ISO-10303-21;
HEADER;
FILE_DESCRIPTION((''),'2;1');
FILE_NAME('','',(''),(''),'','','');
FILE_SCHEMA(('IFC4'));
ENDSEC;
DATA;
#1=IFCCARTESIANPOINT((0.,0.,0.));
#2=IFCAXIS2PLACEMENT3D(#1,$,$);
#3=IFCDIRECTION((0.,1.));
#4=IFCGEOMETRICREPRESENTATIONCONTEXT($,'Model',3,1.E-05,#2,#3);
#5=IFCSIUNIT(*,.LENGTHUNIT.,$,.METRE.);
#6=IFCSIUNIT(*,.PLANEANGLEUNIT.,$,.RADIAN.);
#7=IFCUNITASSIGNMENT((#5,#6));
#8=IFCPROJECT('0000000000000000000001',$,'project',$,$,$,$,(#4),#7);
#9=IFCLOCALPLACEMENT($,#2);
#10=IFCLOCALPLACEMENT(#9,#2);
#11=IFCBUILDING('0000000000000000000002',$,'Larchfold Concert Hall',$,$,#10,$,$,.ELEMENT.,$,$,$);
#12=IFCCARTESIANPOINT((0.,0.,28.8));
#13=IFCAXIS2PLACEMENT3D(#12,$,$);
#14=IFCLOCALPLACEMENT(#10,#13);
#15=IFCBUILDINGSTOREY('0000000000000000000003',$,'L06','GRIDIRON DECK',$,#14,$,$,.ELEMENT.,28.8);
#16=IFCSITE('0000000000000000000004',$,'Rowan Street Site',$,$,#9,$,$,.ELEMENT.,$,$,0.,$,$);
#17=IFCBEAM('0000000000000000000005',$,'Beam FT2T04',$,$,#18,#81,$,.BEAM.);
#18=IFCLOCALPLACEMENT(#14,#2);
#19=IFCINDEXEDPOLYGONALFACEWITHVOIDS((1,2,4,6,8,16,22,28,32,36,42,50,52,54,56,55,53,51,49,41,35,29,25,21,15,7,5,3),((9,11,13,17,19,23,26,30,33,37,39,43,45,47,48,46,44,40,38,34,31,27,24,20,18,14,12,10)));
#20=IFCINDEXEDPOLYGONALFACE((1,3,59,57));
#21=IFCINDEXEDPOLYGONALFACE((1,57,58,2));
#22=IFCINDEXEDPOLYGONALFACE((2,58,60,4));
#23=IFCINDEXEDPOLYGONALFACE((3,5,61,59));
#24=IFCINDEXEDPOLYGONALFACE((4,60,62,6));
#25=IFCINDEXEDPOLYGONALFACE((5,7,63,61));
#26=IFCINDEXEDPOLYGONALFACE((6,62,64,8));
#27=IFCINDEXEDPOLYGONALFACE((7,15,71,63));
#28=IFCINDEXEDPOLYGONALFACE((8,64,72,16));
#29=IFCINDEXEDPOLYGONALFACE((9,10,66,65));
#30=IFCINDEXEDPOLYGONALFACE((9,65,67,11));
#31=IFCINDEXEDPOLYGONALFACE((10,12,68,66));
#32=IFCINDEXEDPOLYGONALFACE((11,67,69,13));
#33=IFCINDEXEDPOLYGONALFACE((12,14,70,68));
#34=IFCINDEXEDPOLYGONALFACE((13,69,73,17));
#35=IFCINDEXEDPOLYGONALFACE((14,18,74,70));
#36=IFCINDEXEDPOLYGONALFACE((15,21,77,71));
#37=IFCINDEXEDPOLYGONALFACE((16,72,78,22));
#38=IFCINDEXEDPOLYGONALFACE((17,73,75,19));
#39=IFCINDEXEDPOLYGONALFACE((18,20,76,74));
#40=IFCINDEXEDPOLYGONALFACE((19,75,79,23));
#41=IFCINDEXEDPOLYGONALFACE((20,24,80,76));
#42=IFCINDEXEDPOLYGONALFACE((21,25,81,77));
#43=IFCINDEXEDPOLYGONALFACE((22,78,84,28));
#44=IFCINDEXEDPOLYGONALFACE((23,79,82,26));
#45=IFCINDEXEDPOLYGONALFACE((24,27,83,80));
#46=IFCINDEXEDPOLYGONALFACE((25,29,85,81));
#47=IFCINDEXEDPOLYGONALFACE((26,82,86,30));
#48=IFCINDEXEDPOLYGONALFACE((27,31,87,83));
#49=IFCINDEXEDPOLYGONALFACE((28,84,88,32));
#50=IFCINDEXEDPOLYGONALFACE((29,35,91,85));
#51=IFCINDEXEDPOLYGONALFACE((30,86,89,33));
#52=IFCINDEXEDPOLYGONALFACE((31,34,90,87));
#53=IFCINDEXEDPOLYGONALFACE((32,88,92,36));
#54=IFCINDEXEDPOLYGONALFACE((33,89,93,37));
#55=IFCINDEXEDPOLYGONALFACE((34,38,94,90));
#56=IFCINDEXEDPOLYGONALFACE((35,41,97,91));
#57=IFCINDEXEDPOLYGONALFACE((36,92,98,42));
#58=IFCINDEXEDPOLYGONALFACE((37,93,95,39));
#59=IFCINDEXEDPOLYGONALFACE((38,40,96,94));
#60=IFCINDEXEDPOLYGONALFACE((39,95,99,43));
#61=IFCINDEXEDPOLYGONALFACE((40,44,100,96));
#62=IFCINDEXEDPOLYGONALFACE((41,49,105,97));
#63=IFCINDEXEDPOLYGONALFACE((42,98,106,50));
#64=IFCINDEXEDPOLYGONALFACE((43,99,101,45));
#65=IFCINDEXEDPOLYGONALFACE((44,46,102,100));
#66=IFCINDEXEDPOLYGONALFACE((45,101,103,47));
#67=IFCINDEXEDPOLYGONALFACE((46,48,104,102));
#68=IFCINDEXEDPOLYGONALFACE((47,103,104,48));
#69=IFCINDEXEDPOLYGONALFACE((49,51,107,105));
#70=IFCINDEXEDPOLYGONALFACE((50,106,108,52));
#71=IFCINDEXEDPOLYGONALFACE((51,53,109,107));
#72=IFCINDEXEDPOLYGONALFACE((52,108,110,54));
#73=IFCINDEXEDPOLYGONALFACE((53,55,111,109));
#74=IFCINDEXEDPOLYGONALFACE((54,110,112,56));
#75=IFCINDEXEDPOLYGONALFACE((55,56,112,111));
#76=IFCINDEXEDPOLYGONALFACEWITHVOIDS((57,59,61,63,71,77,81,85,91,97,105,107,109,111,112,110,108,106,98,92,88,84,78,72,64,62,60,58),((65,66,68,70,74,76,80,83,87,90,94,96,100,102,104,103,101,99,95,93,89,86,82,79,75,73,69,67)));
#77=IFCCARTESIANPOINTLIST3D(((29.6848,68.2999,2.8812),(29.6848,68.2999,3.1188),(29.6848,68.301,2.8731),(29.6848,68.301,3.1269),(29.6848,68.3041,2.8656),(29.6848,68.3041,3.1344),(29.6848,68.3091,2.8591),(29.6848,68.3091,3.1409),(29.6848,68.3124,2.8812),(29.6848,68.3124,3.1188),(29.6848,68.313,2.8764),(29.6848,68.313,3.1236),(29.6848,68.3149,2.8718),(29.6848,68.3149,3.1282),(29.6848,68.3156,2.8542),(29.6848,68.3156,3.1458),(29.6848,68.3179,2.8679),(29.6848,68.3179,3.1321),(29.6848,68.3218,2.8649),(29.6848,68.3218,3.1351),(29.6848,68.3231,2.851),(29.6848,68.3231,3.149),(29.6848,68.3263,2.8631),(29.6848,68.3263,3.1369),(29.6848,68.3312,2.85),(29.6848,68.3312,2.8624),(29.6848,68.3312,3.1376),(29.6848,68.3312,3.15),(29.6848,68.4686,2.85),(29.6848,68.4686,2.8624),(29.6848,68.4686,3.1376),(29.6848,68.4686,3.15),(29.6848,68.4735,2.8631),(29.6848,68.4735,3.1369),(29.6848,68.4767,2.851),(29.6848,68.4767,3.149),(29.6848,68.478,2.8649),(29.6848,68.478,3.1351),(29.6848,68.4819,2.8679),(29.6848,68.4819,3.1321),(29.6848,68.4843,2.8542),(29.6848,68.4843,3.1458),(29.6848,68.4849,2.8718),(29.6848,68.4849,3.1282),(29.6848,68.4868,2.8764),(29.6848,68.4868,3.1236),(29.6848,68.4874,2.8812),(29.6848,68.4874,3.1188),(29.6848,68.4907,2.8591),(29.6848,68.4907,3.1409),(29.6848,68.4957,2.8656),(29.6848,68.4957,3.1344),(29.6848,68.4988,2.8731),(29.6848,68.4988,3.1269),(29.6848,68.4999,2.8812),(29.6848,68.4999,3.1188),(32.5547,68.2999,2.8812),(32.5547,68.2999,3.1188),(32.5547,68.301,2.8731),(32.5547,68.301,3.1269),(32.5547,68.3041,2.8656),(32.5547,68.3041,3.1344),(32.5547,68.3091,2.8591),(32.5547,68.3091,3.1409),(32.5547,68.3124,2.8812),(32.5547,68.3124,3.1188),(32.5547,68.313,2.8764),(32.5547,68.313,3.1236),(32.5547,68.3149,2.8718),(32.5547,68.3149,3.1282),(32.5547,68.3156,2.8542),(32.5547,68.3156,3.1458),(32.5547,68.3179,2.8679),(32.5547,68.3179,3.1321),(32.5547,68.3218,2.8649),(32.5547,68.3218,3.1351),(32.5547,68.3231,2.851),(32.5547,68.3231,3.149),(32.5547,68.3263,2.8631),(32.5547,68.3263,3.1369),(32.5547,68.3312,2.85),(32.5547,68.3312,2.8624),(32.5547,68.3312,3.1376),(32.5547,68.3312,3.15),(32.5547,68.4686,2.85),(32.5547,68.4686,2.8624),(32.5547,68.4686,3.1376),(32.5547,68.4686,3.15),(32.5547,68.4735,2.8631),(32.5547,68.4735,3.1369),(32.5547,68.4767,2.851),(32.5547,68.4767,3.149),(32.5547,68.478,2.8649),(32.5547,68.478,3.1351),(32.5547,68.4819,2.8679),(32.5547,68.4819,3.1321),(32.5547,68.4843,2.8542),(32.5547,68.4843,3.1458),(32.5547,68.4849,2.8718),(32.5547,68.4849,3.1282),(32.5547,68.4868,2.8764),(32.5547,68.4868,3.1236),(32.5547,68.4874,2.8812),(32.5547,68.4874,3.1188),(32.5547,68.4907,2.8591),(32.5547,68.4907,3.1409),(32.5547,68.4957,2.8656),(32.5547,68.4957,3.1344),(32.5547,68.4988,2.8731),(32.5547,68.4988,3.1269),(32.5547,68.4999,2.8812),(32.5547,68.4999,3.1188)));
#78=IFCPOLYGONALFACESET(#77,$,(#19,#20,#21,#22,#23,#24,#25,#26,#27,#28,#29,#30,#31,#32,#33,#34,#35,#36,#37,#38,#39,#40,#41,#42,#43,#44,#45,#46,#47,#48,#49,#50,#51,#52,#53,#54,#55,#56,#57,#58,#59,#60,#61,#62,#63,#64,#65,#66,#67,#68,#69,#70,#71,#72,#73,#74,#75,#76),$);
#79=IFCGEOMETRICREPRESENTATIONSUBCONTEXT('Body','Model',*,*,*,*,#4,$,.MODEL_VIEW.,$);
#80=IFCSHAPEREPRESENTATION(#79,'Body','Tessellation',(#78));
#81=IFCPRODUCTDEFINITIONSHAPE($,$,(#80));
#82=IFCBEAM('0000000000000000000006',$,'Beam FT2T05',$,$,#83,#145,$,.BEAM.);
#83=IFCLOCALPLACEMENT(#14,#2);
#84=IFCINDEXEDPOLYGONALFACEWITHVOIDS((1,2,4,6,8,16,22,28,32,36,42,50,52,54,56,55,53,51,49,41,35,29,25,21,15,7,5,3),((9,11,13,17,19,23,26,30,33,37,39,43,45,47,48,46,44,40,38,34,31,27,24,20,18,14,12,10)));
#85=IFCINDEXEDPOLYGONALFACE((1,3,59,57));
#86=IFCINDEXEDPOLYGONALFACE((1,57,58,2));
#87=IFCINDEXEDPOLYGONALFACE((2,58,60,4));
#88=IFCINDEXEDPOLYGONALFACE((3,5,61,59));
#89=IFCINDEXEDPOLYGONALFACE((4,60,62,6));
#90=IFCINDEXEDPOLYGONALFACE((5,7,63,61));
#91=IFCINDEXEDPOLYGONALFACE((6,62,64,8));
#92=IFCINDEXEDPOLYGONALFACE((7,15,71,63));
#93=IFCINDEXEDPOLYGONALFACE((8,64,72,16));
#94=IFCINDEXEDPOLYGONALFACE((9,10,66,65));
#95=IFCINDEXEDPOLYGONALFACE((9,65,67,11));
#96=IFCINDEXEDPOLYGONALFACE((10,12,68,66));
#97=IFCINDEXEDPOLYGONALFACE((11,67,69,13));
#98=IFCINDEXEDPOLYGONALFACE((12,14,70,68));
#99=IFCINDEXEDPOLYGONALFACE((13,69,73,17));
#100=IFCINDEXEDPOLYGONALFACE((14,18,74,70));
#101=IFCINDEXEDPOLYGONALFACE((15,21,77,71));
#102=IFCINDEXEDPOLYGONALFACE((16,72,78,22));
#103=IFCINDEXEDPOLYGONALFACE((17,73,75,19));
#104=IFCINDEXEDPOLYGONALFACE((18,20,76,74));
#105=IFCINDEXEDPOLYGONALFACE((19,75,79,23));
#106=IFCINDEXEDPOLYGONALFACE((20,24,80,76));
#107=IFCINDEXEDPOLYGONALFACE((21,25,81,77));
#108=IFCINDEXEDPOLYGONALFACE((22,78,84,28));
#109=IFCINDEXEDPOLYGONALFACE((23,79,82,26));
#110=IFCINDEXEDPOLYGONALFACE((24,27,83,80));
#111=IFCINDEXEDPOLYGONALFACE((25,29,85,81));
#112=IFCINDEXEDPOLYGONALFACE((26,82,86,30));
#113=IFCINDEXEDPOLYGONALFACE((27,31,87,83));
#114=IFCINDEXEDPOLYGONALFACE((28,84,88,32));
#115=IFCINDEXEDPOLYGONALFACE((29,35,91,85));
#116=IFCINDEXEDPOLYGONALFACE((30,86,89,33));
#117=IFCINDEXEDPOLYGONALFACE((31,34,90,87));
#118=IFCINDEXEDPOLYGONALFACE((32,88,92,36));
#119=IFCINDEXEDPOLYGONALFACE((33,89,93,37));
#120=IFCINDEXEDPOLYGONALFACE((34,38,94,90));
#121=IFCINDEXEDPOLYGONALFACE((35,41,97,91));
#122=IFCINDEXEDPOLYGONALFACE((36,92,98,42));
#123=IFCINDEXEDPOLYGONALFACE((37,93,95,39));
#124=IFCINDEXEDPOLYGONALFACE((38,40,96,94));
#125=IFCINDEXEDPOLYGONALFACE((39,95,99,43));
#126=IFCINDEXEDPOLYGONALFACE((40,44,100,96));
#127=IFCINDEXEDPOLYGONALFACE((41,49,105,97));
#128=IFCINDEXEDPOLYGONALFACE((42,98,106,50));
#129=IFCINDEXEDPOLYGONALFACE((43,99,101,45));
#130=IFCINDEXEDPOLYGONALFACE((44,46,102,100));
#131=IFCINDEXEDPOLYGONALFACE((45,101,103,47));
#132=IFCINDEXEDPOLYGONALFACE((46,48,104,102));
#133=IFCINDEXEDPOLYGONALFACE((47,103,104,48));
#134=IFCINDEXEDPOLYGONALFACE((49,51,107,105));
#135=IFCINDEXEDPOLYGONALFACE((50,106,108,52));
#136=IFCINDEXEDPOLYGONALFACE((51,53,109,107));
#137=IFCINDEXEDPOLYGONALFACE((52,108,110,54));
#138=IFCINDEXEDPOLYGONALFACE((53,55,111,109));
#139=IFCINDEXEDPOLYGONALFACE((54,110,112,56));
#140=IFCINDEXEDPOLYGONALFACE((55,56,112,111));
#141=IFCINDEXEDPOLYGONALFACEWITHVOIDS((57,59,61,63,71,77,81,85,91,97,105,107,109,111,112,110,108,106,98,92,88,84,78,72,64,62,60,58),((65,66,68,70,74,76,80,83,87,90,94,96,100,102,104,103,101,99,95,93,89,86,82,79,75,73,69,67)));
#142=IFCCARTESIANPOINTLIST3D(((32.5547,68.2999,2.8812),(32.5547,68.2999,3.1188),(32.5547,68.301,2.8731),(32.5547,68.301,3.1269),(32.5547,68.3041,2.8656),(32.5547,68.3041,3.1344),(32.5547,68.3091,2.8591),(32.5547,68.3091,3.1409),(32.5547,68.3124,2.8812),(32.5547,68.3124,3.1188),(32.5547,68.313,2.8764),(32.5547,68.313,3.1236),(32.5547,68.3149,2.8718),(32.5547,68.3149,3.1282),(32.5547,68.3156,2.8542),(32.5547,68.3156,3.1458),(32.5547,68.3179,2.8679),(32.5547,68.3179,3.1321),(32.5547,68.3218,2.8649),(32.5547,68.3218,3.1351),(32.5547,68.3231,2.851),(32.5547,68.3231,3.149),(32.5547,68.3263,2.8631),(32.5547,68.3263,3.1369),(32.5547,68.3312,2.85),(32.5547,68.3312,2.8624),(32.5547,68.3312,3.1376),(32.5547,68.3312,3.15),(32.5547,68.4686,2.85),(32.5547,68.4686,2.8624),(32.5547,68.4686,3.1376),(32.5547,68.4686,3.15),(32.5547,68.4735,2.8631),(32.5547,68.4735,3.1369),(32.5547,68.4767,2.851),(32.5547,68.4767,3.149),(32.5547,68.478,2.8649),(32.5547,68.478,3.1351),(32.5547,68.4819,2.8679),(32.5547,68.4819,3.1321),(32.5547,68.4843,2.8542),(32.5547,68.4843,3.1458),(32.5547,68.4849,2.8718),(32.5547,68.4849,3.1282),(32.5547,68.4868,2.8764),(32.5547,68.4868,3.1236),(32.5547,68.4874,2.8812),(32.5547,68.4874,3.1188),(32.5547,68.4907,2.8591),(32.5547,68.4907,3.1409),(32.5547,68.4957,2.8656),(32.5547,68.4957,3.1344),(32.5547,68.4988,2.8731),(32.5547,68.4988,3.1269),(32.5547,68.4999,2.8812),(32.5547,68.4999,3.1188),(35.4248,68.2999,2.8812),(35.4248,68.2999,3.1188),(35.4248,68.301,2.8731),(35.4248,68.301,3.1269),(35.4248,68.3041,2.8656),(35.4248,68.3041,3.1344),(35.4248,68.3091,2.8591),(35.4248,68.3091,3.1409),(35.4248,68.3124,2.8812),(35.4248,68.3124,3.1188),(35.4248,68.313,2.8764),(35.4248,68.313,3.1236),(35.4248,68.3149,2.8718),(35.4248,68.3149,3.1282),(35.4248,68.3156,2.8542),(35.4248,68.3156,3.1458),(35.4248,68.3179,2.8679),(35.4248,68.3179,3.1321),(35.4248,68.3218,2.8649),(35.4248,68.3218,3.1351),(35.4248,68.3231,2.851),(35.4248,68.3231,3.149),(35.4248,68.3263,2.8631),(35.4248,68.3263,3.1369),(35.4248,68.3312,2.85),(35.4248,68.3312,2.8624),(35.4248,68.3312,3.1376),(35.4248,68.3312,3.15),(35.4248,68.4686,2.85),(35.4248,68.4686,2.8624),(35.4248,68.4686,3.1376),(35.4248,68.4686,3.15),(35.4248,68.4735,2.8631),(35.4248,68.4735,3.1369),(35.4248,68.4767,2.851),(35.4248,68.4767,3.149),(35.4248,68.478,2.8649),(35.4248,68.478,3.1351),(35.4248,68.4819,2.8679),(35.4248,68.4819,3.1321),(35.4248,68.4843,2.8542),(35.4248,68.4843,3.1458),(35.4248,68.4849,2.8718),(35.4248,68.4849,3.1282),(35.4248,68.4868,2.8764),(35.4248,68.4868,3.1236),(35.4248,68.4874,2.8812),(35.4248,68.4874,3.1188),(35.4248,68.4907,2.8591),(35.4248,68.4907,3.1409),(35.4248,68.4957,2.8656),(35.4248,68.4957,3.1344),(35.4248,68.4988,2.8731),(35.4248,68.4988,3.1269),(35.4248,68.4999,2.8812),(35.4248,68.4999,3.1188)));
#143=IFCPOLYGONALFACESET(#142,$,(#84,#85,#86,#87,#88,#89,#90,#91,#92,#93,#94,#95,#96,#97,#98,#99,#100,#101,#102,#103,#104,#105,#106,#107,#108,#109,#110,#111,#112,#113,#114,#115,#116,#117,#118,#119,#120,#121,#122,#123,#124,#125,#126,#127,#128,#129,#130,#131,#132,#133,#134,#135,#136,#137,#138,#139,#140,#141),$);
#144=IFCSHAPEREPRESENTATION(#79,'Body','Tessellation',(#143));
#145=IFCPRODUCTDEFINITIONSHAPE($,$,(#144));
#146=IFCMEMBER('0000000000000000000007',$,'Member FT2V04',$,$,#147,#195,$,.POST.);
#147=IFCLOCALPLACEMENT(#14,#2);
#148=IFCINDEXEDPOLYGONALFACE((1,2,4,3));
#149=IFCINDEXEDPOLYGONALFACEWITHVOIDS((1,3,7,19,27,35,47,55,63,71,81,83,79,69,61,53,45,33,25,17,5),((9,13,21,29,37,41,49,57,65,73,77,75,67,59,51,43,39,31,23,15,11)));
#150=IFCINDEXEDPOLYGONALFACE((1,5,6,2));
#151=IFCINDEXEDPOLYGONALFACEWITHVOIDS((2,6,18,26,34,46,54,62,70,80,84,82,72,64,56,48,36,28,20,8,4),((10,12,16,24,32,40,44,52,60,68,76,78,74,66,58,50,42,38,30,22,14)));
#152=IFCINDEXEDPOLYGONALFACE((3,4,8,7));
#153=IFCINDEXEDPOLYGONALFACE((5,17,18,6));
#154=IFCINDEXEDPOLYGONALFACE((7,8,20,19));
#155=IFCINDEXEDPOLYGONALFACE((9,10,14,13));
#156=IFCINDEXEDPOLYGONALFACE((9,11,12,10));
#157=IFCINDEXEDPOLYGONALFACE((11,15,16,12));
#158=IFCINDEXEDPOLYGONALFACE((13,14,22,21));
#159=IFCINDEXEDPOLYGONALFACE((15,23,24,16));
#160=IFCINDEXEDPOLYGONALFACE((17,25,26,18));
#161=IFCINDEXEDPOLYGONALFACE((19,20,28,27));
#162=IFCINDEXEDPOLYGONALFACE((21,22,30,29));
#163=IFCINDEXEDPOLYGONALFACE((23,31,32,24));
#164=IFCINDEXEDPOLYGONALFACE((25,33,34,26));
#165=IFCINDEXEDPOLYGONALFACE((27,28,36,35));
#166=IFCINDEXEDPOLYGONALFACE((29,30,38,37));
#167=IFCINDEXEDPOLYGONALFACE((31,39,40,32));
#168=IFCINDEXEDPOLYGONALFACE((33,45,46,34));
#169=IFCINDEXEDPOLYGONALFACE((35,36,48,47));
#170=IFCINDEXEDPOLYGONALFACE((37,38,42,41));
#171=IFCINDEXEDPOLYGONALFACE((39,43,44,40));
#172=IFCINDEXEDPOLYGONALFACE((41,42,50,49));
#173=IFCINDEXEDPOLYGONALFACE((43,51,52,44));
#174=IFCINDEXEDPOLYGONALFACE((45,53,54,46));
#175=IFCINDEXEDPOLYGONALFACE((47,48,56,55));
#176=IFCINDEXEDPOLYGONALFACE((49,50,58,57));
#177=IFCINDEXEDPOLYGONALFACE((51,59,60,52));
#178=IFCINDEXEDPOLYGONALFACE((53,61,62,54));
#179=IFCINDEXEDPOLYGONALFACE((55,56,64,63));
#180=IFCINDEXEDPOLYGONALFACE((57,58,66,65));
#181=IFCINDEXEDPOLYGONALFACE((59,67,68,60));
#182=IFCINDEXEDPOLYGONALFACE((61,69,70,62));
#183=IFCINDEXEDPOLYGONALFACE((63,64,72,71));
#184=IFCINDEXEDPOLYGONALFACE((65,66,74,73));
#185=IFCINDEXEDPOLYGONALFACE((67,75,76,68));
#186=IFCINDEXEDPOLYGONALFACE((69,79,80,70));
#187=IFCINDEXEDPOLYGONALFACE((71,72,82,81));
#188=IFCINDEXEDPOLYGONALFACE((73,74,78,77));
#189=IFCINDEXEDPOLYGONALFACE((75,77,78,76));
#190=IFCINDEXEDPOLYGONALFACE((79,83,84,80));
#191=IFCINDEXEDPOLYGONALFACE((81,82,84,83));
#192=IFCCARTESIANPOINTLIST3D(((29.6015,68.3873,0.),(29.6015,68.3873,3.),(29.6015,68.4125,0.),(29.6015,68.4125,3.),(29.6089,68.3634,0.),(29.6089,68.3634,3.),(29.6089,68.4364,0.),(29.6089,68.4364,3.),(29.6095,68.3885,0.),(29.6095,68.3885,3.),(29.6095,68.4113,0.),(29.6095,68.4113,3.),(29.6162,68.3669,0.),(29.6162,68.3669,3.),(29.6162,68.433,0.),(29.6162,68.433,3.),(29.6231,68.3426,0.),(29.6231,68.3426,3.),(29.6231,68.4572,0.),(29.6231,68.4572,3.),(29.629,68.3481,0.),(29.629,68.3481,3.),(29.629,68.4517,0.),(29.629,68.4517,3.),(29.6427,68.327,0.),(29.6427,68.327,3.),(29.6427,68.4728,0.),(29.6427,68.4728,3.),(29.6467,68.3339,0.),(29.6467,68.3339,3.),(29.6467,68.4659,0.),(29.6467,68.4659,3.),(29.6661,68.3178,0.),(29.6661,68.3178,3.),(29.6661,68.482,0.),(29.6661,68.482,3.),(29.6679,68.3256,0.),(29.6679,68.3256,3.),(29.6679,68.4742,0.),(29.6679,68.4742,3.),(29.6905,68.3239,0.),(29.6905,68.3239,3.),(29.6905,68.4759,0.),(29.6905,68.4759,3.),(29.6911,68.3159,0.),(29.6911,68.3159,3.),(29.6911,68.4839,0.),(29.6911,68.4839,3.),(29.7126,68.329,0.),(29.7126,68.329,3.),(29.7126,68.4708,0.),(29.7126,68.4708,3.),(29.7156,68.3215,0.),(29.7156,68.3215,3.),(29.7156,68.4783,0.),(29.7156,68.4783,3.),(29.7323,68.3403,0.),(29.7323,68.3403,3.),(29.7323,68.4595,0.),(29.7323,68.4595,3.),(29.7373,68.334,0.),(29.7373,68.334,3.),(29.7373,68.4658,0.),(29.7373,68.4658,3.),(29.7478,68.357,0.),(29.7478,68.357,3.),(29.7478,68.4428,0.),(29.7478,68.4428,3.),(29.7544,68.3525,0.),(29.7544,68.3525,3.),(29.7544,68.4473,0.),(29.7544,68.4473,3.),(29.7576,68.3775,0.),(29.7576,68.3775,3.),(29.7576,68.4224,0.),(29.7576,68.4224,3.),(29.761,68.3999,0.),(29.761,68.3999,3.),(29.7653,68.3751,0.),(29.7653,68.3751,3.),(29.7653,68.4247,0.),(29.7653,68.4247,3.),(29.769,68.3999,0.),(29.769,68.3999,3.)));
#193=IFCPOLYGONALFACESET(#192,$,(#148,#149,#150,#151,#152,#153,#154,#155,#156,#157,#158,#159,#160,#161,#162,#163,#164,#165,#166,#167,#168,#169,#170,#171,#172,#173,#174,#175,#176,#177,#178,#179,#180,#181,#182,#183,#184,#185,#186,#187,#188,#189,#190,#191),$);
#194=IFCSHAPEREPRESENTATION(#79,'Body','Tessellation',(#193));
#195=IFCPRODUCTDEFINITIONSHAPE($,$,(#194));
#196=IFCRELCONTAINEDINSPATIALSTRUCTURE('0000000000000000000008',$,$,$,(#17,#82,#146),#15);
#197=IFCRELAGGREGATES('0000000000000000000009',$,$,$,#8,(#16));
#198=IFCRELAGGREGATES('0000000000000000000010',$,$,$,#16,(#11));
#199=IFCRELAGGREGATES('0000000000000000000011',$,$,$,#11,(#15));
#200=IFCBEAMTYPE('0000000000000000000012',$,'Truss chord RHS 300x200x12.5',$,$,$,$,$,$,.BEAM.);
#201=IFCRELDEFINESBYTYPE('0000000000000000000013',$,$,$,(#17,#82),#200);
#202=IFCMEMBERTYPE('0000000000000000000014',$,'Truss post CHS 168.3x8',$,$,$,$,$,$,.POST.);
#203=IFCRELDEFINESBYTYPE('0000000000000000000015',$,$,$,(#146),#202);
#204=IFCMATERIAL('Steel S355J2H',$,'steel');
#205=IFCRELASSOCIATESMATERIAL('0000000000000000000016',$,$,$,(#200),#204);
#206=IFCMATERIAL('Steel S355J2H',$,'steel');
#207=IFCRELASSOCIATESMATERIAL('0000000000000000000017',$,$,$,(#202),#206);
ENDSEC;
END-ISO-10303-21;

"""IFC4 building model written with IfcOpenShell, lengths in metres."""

from ifc_helpers import new_model, si_unit, direction, frame, origin, origin_2d, place, context, subcontext, project, spatial, hollow_rectangle, hollow_circle, extrude, material, material_profile, profile_set, type_object, element, save


model = new_model("IFC4")

# Units and contexts
model_context = context("Model", 3, precision=1e-05, world=origin(), true_north=direction((0.0, 1.0)))
body_context = subcontext(model_context, "Body", "Model", "MODEL_VIEW")
ifc_project = project(units=[si_unit("LENGTHUNIT", "METRE"), si_unit("PLANEANGLEUNIT", "RADIAN")], contexts=[model_context])

# Site, building, storey
site_placement = place(None, origin())
site = spatial("IfcSite", under=ifc_project, at=site_placement, Name="Rowan Street Site", CompositionType="ELEMENT", RefElevation=0.0)
building_placement = place(site_placement, origin())
building = spatial("IfcBuilding", under=site, at=building_placement, Name="Larchfold Concert Hall", CompositionType="ELEMENT")
storey_placement = place(building_placement, frame((0.0, 0.0, 28.8)))
storey = spatial("IfcBuildingStorey", under=building, at=storey_placement, Name="L06", Description="GRIDIRON DECK", CompositionType="ELEMENT", Elevation=28.8)

# Beams
ifc_material_1 = material(Name="Steel S355J2H", Category="steel")
ifc_material_profile_1 = material_profile(ifc_material_1, hollow_rectangle(XDim=0.2, YDim=0.3, WallThickness=0.0125, InnerFilletRadius=0.0188, OuterFilletRadius=0.0312, at=origin_2d()))
ifc_profile_set_1 = profile_set([ifc_material_profile_1], Name="Steel S355J2H")
beam_type_1 = type_object("IfcBeamType", Name="Truss chord RHS 300x200x12.5", PredefinedType="BEAM", material=ifc_profile_set_1)
beam_1_placement = place(storey_placement, frame((29.6848, 68.3999, 3.0), z_axis=(1.0, 0.0, 0.0), x_axis=(0.0, 1.0, 0.0)))
element("IfcBeam", 1, at=beam_1_placement, inside=storey, type_object=beam_type_1, Name="Beam FT2T04", PredefinedType="BEAM", context=body_context, shape_type="SweptSolid", body=[
    extrude(hollow_rectangle(XDim=0.2, YDim=0.3, WallThickness=0.0125, InnerFilletRadius=0.0188, OuterFilletRadius=0.0312, at=origin_2d()), origin(), (0.0, 0.0, 1.0), 2.8699),
])
beam_2_placement = place(storey_placement, frame((32.5547, 68.3999, 3.0), z_axis=(1.0, 0.0, 0.0), x_axis=(0.0, 1.0, 0.0)))
element("IfcBeam", 2, at=beam_2_placement, inside=storey, type_object=beam_type_1, Name="Beam FT2T05", PredefinedType="BEAM", context=body_context, shape_type="SweptSolid", body=[
    extrude(hollow_rectangle(XDim=0.2, YDim=0.3, WallThickness=0.0125, InnerFilletRadius=0.0188, OuterFilletRadius=0.0312, at=origin_2d()), origin(), (0.0, 0.0, 1.0), 2.8701),
])

# Member
ifc_material_2 = material(Name="Steel S355J2H", Category="steel")
ifc_material_profile_2 = material_profile(ifc_material_2, hollow_circle(Radius=0.0842, WallThickness=0.0081, at=origin_2d()))
ifc_profile_set_2 = profile_set([ifc_material_profile_2], Name="Steel S355J2H")
member_type_1 = type_object("IfcMemberType", Name="Truss post CHS 168.3x8", PredefinedType="POST", material=ifc_profile_set_2)
for number, where, z_axis, x_axis, name in (
    (3, (29.6848, 68.3999, 3.0), (0.0, 0.0, -1.0), (1.0, 0.0, 0.0), "Member FT2V04"),
):
    element("IfcMember", number, at=place(storey_placement, frame(where, z_axis=z_axis, x_axis=x_axis)), inside=storey, type_object=member_type_1, Name=name, PredefinedType="POST", context=body_context, shape_type="SweptSolid", body=[
        extrude(hollow_circle(Radius=0.0842, WallThickness=0.0081, at=origin_2d()), origin(), (0.0, 0.0, 1.0), 3.0),
    ])

save(model, "model.ifc")
